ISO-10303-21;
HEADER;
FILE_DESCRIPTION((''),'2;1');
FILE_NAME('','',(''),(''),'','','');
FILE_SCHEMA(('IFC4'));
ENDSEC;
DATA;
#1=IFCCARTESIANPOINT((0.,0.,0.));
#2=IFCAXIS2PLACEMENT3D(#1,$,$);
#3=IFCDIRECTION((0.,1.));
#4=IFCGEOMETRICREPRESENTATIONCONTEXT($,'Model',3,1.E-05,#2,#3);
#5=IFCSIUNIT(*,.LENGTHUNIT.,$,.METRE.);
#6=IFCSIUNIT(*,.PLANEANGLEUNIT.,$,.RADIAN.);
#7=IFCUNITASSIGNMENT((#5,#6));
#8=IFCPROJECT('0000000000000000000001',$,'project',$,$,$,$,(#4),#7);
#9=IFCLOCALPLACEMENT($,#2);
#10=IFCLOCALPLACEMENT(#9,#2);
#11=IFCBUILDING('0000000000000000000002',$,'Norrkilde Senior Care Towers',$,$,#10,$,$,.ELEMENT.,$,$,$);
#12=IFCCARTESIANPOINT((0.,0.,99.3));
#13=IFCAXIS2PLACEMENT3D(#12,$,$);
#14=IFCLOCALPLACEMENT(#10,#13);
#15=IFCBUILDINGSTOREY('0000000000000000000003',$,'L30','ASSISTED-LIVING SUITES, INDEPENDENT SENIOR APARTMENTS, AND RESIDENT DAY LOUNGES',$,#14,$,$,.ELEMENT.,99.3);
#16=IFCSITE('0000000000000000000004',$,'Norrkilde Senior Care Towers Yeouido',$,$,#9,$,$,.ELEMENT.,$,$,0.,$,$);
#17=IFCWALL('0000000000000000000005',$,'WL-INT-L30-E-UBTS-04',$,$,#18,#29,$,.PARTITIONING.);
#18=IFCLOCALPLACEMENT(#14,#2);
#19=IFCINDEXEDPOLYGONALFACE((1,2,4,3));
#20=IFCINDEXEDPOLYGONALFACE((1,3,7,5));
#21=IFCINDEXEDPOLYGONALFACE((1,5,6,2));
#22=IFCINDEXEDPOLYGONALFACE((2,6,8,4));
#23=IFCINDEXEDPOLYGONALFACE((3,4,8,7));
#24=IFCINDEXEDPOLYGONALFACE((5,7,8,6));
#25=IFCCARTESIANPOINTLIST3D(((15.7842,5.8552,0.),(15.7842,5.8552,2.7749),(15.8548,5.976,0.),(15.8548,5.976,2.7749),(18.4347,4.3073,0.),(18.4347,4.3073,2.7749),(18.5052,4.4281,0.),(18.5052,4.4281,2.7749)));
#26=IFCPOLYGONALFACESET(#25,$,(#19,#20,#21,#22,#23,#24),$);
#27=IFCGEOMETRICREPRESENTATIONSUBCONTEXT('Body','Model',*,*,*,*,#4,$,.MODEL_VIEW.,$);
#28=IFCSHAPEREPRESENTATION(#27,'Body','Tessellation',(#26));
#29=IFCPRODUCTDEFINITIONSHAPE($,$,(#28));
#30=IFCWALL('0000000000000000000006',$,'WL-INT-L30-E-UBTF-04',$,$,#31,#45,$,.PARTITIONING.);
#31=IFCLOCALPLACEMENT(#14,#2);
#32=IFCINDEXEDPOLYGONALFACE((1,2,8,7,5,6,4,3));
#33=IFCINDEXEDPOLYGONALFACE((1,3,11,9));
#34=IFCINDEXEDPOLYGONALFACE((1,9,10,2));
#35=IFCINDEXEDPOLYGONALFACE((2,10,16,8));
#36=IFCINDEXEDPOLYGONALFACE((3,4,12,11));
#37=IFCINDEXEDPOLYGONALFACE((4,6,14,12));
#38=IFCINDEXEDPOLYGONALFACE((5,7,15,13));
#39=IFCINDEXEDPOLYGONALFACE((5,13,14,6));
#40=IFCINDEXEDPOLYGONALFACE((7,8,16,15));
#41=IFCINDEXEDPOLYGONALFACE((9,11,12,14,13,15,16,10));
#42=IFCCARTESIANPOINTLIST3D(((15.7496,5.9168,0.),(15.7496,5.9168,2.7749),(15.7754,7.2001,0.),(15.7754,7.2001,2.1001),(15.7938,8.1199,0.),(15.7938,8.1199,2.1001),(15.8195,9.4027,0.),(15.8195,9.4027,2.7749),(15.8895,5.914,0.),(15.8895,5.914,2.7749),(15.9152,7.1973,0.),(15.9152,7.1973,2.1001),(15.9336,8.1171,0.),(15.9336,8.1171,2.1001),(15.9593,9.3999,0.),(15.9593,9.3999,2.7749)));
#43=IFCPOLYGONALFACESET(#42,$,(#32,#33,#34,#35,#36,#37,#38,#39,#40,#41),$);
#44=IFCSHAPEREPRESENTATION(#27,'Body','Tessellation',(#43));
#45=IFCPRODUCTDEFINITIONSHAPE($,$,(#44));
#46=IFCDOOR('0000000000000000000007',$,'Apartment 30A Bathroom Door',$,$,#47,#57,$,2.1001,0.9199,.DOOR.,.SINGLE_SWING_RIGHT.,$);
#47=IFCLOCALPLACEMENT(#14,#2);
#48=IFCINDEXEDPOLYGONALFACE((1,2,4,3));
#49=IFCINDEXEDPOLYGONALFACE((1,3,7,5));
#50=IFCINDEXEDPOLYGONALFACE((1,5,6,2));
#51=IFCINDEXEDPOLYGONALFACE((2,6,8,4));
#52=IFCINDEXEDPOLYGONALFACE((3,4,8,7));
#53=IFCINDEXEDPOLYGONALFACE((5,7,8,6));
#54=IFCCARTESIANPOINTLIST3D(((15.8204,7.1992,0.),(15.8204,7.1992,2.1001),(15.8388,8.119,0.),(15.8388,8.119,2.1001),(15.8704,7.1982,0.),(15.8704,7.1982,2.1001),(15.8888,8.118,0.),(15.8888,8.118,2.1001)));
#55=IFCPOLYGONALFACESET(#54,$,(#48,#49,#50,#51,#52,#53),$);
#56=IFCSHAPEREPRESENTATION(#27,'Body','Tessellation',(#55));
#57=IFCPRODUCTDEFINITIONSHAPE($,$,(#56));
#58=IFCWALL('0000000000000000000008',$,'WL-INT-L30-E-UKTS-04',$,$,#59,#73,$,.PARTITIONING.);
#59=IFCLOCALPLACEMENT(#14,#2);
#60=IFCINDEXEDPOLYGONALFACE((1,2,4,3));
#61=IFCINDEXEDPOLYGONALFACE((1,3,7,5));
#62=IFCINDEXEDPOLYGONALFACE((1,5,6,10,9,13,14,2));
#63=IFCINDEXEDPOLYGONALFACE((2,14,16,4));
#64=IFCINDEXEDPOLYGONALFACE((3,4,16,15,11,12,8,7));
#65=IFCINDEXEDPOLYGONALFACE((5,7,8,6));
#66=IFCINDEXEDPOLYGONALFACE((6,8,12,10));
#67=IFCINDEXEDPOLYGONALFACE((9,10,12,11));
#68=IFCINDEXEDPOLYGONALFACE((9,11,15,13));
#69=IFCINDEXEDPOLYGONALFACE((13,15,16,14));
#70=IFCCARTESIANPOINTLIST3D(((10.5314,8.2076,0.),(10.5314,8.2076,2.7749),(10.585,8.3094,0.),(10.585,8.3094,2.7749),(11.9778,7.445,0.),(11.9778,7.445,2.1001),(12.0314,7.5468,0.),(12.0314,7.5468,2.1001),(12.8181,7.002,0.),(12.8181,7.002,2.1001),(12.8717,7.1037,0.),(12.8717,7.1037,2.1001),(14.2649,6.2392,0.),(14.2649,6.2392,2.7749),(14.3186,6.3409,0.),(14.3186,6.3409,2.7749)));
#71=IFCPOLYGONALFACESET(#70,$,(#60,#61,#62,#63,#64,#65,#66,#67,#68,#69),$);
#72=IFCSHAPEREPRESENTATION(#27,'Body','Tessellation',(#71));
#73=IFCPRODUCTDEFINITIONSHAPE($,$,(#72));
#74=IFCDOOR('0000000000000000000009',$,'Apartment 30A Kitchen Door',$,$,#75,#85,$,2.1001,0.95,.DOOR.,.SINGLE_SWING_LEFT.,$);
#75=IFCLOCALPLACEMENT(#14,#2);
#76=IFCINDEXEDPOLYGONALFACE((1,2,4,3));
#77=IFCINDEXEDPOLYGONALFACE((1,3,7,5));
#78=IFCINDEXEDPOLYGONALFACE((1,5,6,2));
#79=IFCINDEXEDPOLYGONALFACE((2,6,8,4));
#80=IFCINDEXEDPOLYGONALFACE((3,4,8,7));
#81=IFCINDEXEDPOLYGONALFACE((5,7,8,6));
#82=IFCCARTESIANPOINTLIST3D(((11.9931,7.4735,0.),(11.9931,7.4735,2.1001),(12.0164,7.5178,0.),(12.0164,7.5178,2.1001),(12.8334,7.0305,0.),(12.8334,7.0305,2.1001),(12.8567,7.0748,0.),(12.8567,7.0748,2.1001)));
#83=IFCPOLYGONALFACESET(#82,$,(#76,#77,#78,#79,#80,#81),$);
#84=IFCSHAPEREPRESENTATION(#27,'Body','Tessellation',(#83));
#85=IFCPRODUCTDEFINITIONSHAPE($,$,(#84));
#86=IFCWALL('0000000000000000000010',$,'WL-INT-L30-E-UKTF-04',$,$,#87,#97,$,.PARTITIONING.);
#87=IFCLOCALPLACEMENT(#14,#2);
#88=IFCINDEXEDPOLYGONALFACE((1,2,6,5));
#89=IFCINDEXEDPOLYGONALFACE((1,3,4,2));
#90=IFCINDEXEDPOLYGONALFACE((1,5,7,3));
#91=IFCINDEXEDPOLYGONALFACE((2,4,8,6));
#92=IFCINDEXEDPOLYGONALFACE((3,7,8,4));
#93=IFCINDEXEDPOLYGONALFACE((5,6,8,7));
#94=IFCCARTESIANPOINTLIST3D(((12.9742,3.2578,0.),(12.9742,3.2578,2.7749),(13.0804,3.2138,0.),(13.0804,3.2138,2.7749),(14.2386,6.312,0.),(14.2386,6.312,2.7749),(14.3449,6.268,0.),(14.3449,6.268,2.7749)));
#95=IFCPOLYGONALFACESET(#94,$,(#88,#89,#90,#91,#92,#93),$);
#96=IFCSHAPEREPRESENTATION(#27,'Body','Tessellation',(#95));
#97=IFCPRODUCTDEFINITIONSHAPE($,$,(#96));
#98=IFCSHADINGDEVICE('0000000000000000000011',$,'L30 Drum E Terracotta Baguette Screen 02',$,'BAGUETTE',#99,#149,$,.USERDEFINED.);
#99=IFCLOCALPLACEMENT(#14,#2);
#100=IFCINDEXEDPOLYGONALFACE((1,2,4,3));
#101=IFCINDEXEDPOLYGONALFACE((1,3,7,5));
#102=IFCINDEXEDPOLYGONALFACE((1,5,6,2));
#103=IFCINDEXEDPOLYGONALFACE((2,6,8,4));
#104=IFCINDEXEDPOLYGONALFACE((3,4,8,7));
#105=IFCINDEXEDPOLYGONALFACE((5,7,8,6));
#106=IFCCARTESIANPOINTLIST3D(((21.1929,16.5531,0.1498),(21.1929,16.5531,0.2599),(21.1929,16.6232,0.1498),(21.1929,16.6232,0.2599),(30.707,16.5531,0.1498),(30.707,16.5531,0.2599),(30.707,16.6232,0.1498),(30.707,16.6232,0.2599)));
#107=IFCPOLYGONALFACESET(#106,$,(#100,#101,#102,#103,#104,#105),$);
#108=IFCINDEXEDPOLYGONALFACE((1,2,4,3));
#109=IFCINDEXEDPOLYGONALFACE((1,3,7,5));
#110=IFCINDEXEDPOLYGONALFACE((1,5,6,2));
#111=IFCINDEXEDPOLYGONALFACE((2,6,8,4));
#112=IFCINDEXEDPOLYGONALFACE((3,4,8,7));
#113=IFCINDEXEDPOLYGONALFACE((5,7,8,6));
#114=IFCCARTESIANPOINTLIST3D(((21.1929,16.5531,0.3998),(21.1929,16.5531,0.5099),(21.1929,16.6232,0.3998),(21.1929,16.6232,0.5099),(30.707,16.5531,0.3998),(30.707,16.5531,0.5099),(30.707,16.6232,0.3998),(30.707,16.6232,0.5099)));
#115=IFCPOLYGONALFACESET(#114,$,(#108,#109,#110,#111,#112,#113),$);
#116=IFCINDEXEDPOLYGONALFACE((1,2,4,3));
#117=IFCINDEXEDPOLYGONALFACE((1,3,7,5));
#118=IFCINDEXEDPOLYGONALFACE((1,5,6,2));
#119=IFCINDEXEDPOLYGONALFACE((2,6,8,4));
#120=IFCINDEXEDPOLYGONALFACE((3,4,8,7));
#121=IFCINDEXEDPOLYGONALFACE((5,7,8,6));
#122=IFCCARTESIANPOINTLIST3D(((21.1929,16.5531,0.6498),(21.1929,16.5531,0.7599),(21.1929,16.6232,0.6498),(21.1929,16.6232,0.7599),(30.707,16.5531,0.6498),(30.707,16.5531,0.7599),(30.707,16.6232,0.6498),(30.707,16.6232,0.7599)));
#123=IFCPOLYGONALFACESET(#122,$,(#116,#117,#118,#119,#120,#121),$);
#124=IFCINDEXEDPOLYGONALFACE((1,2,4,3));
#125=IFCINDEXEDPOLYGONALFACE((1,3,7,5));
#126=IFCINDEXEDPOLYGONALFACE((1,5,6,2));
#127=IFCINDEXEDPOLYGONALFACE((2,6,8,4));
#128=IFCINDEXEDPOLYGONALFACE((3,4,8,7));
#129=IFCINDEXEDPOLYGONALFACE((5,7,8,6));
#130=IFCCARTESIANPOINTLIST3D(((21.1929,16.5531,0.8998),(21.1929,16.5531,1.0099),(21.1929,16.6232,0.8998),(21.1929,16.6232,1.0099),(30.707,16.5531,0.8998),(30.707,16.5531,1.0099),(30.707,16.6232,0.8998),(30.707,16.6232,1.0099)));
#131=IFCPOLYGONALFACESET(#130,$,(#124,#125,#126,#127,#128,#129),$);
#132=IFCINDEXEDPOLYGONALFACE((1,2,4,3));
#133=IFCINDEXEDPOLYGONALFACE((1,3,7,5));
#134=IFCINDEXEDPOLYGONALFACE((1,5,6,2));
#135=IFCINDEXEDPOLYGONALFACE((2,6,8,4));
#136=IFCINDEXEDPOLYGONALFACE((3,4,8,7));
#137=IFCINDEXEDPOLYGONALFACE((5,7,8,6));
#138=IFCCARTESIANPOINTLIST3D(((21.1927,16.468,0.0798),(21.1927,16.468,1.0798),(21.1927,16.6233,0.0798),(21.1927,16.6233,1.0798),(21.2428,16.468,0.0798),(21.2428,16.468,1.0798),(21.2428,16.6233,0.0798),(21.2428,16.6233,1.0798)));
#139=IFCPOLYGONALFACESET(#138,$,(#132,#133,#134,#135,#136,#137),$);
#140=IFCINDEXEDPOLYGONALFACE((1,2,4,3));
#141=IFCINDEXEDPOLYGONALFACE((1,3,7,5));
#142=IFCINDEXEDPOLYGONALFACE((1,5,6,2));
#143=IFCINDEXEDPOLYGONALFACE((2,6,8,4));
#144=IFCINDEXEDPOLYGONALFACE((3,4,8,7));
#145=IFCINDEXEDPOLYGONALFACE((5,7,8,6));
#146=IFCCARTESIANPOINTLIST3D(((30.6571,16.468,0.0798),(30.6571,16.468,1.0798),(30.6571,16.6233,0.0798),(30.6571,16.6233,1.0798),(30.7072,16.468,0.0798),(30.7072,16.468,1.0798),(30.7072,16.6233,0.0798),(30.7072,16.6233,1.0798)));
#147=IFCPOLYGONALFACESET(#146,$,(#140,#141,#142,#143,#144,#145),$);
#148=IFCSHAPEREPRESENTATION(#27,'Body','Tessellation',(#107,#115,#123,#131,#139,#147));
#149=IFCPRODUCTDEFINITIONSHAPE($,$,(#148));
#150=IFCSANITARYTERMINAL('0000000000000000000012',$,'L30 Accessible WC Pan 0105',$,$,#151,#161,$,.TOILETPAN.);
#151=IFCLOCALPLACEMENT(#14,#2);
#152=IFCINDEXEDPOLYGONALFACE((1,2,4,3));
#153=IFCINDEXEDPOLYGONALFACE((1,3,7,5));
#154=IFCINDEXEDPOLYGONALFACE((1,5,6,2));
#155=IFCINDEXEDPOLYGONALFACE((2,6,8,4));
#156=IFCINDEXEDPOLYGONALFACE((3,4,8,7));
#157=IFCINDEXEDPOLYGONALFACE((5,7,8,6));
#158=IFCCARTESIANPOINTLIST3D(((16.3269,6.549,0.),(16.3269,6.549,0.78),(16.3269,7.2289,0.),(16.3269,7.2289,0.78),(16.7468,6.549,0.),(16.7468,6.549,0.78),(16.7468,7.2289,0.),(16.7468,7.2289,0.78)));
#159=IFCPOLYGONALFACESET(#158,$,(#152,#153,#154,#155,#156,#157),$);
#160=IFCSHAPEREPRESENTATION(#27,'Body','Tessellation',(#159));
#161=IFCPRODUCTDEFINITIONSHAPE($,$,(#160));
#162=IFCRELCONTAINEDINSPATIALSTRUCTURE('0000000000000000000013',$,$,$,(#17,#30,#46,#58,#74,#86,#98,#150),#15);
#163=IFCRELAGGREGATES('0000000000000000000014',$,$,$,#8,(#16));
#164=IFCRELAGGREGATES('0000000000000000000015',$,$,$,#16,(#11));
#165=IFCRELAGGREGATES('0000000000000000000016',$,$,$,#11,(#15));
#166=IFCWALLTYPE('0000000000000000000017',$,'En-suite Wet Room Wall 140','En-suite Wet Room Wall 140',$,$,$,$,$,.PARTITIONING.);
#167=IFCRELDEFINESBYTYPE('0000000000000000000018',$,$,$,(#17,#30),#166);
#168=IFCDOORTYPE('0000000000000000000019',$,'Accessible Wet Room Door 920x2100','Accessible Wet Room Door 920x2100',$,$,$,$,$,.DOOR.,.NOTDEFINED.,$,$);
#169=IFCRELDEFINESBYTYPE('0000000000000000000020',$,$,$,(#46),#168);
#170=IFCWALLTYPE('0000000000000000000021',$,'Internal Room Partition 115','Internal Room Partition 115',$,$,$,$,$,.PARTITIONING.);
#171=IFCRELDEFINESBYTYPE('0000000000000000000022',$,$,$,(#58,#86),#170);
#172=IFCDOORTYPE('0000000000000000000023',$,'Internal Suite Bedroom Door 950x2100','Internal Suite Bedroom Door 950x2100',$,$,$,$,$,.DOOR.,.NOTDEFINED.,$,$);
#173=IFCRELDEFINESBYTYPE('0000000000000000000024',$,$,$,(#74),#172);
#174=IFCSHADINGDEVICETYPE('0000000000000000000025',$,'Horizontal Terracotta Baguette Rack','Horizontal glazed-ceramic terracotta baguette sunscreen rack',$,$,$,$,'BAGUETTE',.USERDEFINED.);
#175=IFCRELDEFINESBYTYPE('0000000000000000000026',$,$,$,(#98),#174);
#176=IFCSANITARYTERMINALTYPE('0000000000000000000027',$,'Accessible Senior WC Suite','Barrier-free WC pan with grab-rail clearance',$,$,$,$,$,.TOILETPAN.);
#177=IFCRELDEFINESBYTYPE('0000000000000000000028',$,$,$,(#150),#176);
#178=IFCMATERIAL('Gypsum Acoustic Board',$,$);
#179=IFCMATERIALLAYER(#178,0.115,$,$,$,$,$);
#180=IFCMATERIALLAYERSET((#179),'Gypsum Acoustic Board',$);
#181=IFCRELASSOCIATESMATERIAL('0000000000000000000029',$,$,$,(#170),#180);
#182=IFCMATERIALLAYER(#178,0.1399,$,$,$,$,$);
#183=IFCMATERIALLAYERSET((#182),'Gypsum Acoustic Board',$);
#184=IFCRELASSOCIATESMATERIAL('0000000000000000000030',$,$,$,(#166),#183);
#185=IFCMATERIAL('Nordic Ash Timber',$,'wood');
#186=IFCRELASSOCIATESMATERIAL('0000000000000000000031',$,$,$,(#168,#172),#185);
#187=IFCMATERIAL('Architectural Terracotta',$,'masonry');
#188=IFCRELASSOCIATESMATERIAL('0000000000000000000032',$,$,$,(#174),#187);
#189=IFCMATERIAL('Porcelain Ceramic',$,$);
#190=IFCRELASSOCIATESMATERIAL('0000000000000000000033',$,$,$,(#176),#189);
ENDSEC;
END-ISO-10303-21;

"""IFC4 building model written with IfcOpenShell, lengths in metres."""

from ifc_helpers import new_model, si_unit, direction, frame, frame_2d, origin, origin_2d, place, context, subcontext, project, spatial, rectangle, extrude, source, transform, mapped, material, layer, layer_set, type_object, type_shapes, element, fill, save


model = new_model("IFC4")

# Units and contexts
model_context = context("Model", 3, precision=1e-05, world=origin(), true_north=direction((0.0, 1.0)))
body_context = subcontext(model_context, "Body", "Model", "MODEL_VIEW")
ifc_project = project(units=[si_unit("LENGTHUNIT", "METRE"), si_unit("PLANEANGLEUNIT", "RADIAN")], contexts=[model_context])

# Site, building, storey
site_placement = place(None, origin())
site = spatial("IfcSite", under=ifc_project, at=site_placement, Name="Norrkilde Senior Care Towers Yeouido", CompositionType="ELEMENT", RefElevation=0.0)
building_placement = place(site_placement, origin())
building = spatial("IfcBuilding", under=site, at=building_placement, Name="Norrkilde Senior Care Towers", CompositionType="ELEMENT")
storey_placement = place(building_placement, frame((0.0, 0.0, 99.3)))
storey = spatial("IfcBuildingStorey", under=building, at=storey_placement, Name="L30", Description="ASSISTED-LIVING SUITES, INDEPENDENT SENIOR APARTMENTS, AND RESIDENT DAY LOUNGES", CompositionType="ELEMENT", Elevation=99.3)

# Shared definitions
ifc_material_1 = material(Name="Gypsum Acoustic Board")
ifc_material_2 = material(Name="Nordic Ash Timber", Category="wood")

# Wall
ifc_layer_1 = layer(ifc_material_1, 0.115)
ifc_layer_set_1 = layer_set([ifc_layer_1], Name="Gypsum Acoustic Board")
wall_type_1 = type_object("IfcWallType", Name="Internal Room Partition 115", Description="Internal Room Partition 115", PredefinedType="PARTITIONING", material=ifc_layer_set_1)
ifc_layer_2 = layer(ifc_material_1, 0.1399)
ifc_layer_set_2 = layer_set([ifc_layer_2], Name="Gypsum Acoustic Board")
wall_type_2 = type_object("IfcWallType", Name="En-suite Wet Room Wall 140", Description="En-suite Wet Room Wall 140", PredefinedType="PARTITIONING", material=ifc_layer_set_2)
shared_shape_1 = source(origin(), body_context, "Body", "SweptSolid", [
    extrude(rectangle(XDim=3.0693, YDim=0.1399, at=frame_2d((1.5347, 0.0))), origin(), (0.0, 0.0, 1.0), 2.7749),
])
wall_1_placement = place(storey_placement, frame((18.47, 4.3677, 0.0), z_axis=(0.0, 0.0, 1.0), x_axis=(-0.863525, 0.504306, 0.0)))
element("IfcWall", 1, at=wall_1_placement, inside=storey, type_object=wall_type_2, Name="WL-INT-L30-E-UBTS-04", PredefinedType="PARTITIONING", context=body_context, shape_type="MappedRepresentation", body=[
    mapped(shared_shape_1, transform((0.0, 0.0, 0.0), x_axis=(1.0, 0.0, 0.0), y_axis=(0.0, 1.0, 0.0), z_axis=(0.0, 0.0, 1.0), scale=1.0)),
])

# Walls, openings, doors
shared_shape_2 = source(origin(), body_context, "Body", "SweptSolid", [
    extrude(rectangle(XDim=3.4866, YDim=0.1399, at=frame_2d((1.7432, 0.0))), origin(), (0.0, 0.0, 1.0), 2.7749),
])
type_shapes(wall_type_2, [shared_shape_1, shared_shape_2])
wall_2_placement = place(storey_placement, frame((15.8196, 5.9155, 0.0), z_axis=(0.0, 0.0, 1.0), x_axis=(0.020027, 0.999799, 0.0)))
wall_2 = element("IfcWall", 2, at=wall_2_placement, inside=storey, type_object=wall_type_2, Name="WL-INT-L30-E-UBTF-04", PredefinedType="PARTITIONING", context=body_context, shape_type="MappedRepresentation", body=[
    mapped(shared_shape_2, transform((0.0, 0.0, 0.0), x_axis=(1.0, 0.0, 0.0), y_axis=(0.0, 1.0, 0.0), z_axis=(0.0, 0.0, 1.0), scale=1.0)),
])
opening_1_placement = place(wall_2_placement, frame((1.2834, 0.0, 0.0)))
opening_1 = element("IfcOpeningElement", 3, at=opening_1_placement, cuts=wall_2, PredefinedType="OPENING", context=body_context, shape_type="SweptSolid", body=[
    extrude(rectangle(XDim=0.9199, YDim=2.1001, at=frame_2d((0.46, 1.05))), frame((0.0, 0.0798, 0.0), z_axis=(0.0, -1.0, 0.0), x_axis=(1.0, 0.0, 0.0)), (0.0, 0.0, 1.0), 0.1599),
])
door_type_1 = type_object("IfcDoorType", Name="Accessible Wet Room Door 920x2100", Description="Accessible Wet Room Door 920x2100", OperationType="NOTDEFINED", PredefinedType="DOOR", material=ifc_material_2)
shared_shape_3 = source(origin(), body_context, "Body", "SweptSolid", [
    extrude(rectangle(XDim=0.9199, YDim=2.1001, at=frame_2d((0.46, 1.05))), frame((0.0, 0.0249, 0.0), z_axis=(0.0, -1.0, 0.0), x_axis=(1.0, 0.0, 0.0)), (0.0, 0.0, 1.0), 0.05),
])
type_shapes(door_type_1, [shared_shape_3])
door_1_placement = place(opening_1_placement, origin())
door_1 = element("IfcDoor", 4, at=door_1_placement, inside=storey, type_object=door_type_1, Name="Apartment 30A Bathroom Door", OperationType="SINGLE_SWING_RIGHT", OverallHeight=2.1001, OverallWidth=0.9199, PredefinedType="DOOR", context=body_context, shape_type="MappedRepresentation", body=[
    mapped(shared_shape_3, transform((0.0, 0.0, 0.0), x_axis=(1.0, 0.0, 0.0), y_axis=(0.0, 1.0, 0.0), z_axis=(0.0, 0.0, 1.0), scale=1.0)),
])
fill(opening_1, door_1)
shared_shape_4 = source(origin(), body_context, "Body", "SweptSolid", [
    extrude(rectangle(XDim=4.2207, YDim=0.115, at=frame_2d((2.1104, 0.0))), origin(), (0.0, 0.0, 1.0), 2.7749),
])
wall_3_placement = place(storey_placement, frame((14.2917, 6.29, 0.0), z_axis=(0.0, 0.0, 1.0), x_axis=(-0.884583, 0.466383, 0.0)))
wall_3 = element("IfcWall", 5, at=wall_3_placement, inside=storey, type_object=wall_type_1, Name="WL-INT-L30-E-UKTS-04", PredefinedType="PARTITIONING", context=body_context, shape_type="MappedRepresentation", body=[
    mapped(shared_shape_4, transform((0.0, 0.0, 0.0), x_axis=(1.0, 0.0, 0.0), y_axis=(0.0, 1.0, 0.0), z_axis=(0.0, 0.0, 1.0), scale=1.0)),
])
opening_2_placement = place(wall_3_placement, frame((1.6355, 0.0, 0.0)))
opening_2 = element("IfcOpeningElement", 6, at=opening_2_placement, cuts=wall_3, PredefinedType="OPENING", context=body_context, shape_type="SweptSolid", body=[
    extrude(rectangle(XDim=0.95, YDim=2.1001, at=frame_2d((0.4751, 1.05))), frame((0.0, 0.0674, 0.0), z_axis=(0.0, -1.0, 0.0), x_axis=(1.0, 0.0, 0.0)), (0.0, 0.0, 1.0), 0.135),
])
door_type_2 = type_object("IfcDoorType", Name="Internal Suite Bedroom Door 950x2100", Description="Internal Suite Bedroom Door 950x2100", OperationType="NOTDEFINED", PredefinedType="DOOR", material=ifc_material_2)
shared_shape_5 = source(origin(), body_context, "Body", "SweptSolid", [
    extrude(rectangle(XDim=0.95, YDim=2.1001, at=frame_2d((0.4751, 1.05))), frame((0.0, 0.0249, 0.0), z_axis=(0.0, -1.0, 0.0), x_axis=(1.0, 0.0, 0.0)), (0.0, 0.0, 1.0), 0.05),
])
type_shapes(door_type_2, [shared_shape_5])
door_2_placement = place(opening_2_placement, frame((0.95, 0.0, 0.0), z_axis=(0.0, 0.0, 1.0), x_axis=(-1.0, 0.0, 0.0)))
door_2 = element("IfcDoor", 7, at=door_2_placement, inside=storey, type_object=door_type_2, Name="Apartment 30A Kitchen Door", OperationType="SINGLE_SWING_LEFT", OverallHeight=2.1001, OverallWidth=0.95, PredefinedType="DOOR", context=body_context, shape_type="MappedRepresentation", body=[
    mapped(shared_shape_5, transform((0.0, 0.0, 0.0), x_axis=(1.0, 0.0, 0.0), y_axis=(0.0, 1.0, 0.0), z_axis=(0.0, 0.0, 1.0), scale=1.0)),
])
fill(opening_2, door_2)

# Wall
shared_shape_6 = source(origin(), body_context, "Body", "SweptSolid", [
    extrude(rectangle(XDim=3.3057, YDim=0.115, at=frame_2d((1.6528, 0.0))), origin(), (0.0, 0.0, 1.0), 2.7749),
])
wall_4_placement = place(storey_placement, frame((14.2917, 6.29, 0.0), z_axis=(0.0, 0.0, 1.0), x_axis=(-0.382506, -0.923953, 0.0)))
element("IfcWall", 8, at=wall_4_placement, inside=storey, type_object=wall_type_1, Name="WL-INT-L30-E-UKTF-04", PredefinedType="PARTITIONING", context=body_context, shape_type="MappedRepresentation", body=[
    mapped(shared_shape_6, transform((0.0, 0.0, 0.0), x_axis=(1.0, 0.0, 0.0), y_axis=(0.0, 1.0, 0.0), z_axis=(0.0, 0.0, 1.0), scale=1.0)),
])

# Shading device
ifc_material_3 = material(Name="Architectural Terracotta", Category="masonry")
shading_device_type = type_object("IfcShadingDeviceType", Name="Horizontal Terracotta Baguette Rack", Description="Horizontal glazed-ceramic terracotta baguette sunscreen rack", ElementType="BAGUETTE", PredefinedType="USERDEFINED", material=ifc_material_3)
shared_shape_7 = source(origin(), body_context, "Body", "SweptSolid", [
    extrude(rectangle(XDim=0.0701, YDim=0.1101, at=origin_2d()), frame((0.0, 0.0901, 0.125), z_axis=(1.0, 0.0, 0.0), x_axis=(0.0, 1.0, 0.0)), (0.0, 0.0, 1.0), 9.5142),
    extrude(rectangle(XDim=0.0701, YDim=0.1101, at=origin_2d()), frame((0.0, 0.0901, 0.375), z_axis=(1.0, 0.0, 0.0), x_axis=(0.0, 1.0, 0.0)), (0.0, 0.0, 1.0), 9.5142),
    extrude(rectangle(XDim=0.0701, YDim=0.1101, at=origin_2d()), frame((0.0, 0.0901, 0.625), z_axis=(1.0, 0.0, 0.0), x_axis=(0.0, 1.0, 0.0)), (0.0, 0.0, 1.0), 9.5142),
    extrude(rectangle(XDim=0.0701, YDim=0.1101, at=origin_2d()), frame((0.0, 0.0901, 0.875), z_axis=(1.0, 0.0, 0.0), x_axis=(0.0, 1.0, 0.0)), (0.0, 0.0, 1.0), 9.5142),
    extrude(rectangle(XDim=0.05, YDim=0.1553, at=origin_2d()), frame((0.0249, 0.0476, 0.0)), (0.0, 0.0, 1.0), 1.0),
    extrude(rectangle(XDim=0.05, YDim=0.1553, at=origin_2d()), frame((9.4893, 0.0476, 0.0)), (0.0, 0.0, 1.0), 1.0),
])
type_shapes(shading_device_type, [shared_shape_7])
shading_device_placement = place(storey_placement, frame((21.1929, 16.498, 0.0798), z_axis=(0.0, 0.0, 1.0), x_axis=(1.0, 0.0, 0.0)))
element("IfcShadingDevice", 9, at=shading_device_placement, inside=storey, type_object=shading_device_type, Name="L30 Drum E Terracotta Baguette Screen 02", ObjectType="BAGUETTE", PredefinedType="USERDEFINED", context=body_context, shape_type="MappedRepresentation", body=[
    mapped(shared_shape_7, transform((0.0, 0.0, 0.0), x_axis=(1.0, 0.0, 0.0), y_axis=(0.0, 1.0, 0.0), z_axis=(0.0, 0.0, 1.0), scale=1.0)),
])

# Sanitary terminal
ifc_material_4 = material(Name="Porcelain Ceramic")
sanitary_terminal_type_1 = type_object("IfcSanitaryTerminalType", Name="Accessible Senior WC Suite", Description="Barrier-free WC pan with grab-rail clearance", PredefinedType="TOILETPAN", material=ifc_material_4)
shared_shape_8 = source(origin(), body_context, "Body", "SweptSolid", [
    extrude(rectangle(XDim=0.4199, YDim=0.6799, at=origin_2d()), origin(), (0.0, 0.0, 1.0), 0.78),
])
type_shapes(sanitary_terminal_type_1, [shared_shape_8])
sanitary_terminal_1_placement = place(storey_placement, frame((16.5369, 6.8889, 0.0), z_axis=(0.0, 0.0, 1.0), x_axis=(1.0, 0.0, 0.0)))
element("IfcSanitaryTerminal", 10, at=sanitary_terminal_1_placement, inside=storey, type_object=sanitary_terminal_type_1, Name="L30 Accessible WC Pan 0105", PredefinedType="TOILETPAN", context=body_context, shape_type="MappedRepresentation", body=[
    mapped(shared_shape_8, transform((0.0, 0.0, 0.0), x_axis=(1.0, 0.0, 0.0), y_axis=(0.0, 1.0, 0.0), z_axis=(0.0, 0.0, 1.0), scale=1.0)),
])

save(model, "model.ifc")
